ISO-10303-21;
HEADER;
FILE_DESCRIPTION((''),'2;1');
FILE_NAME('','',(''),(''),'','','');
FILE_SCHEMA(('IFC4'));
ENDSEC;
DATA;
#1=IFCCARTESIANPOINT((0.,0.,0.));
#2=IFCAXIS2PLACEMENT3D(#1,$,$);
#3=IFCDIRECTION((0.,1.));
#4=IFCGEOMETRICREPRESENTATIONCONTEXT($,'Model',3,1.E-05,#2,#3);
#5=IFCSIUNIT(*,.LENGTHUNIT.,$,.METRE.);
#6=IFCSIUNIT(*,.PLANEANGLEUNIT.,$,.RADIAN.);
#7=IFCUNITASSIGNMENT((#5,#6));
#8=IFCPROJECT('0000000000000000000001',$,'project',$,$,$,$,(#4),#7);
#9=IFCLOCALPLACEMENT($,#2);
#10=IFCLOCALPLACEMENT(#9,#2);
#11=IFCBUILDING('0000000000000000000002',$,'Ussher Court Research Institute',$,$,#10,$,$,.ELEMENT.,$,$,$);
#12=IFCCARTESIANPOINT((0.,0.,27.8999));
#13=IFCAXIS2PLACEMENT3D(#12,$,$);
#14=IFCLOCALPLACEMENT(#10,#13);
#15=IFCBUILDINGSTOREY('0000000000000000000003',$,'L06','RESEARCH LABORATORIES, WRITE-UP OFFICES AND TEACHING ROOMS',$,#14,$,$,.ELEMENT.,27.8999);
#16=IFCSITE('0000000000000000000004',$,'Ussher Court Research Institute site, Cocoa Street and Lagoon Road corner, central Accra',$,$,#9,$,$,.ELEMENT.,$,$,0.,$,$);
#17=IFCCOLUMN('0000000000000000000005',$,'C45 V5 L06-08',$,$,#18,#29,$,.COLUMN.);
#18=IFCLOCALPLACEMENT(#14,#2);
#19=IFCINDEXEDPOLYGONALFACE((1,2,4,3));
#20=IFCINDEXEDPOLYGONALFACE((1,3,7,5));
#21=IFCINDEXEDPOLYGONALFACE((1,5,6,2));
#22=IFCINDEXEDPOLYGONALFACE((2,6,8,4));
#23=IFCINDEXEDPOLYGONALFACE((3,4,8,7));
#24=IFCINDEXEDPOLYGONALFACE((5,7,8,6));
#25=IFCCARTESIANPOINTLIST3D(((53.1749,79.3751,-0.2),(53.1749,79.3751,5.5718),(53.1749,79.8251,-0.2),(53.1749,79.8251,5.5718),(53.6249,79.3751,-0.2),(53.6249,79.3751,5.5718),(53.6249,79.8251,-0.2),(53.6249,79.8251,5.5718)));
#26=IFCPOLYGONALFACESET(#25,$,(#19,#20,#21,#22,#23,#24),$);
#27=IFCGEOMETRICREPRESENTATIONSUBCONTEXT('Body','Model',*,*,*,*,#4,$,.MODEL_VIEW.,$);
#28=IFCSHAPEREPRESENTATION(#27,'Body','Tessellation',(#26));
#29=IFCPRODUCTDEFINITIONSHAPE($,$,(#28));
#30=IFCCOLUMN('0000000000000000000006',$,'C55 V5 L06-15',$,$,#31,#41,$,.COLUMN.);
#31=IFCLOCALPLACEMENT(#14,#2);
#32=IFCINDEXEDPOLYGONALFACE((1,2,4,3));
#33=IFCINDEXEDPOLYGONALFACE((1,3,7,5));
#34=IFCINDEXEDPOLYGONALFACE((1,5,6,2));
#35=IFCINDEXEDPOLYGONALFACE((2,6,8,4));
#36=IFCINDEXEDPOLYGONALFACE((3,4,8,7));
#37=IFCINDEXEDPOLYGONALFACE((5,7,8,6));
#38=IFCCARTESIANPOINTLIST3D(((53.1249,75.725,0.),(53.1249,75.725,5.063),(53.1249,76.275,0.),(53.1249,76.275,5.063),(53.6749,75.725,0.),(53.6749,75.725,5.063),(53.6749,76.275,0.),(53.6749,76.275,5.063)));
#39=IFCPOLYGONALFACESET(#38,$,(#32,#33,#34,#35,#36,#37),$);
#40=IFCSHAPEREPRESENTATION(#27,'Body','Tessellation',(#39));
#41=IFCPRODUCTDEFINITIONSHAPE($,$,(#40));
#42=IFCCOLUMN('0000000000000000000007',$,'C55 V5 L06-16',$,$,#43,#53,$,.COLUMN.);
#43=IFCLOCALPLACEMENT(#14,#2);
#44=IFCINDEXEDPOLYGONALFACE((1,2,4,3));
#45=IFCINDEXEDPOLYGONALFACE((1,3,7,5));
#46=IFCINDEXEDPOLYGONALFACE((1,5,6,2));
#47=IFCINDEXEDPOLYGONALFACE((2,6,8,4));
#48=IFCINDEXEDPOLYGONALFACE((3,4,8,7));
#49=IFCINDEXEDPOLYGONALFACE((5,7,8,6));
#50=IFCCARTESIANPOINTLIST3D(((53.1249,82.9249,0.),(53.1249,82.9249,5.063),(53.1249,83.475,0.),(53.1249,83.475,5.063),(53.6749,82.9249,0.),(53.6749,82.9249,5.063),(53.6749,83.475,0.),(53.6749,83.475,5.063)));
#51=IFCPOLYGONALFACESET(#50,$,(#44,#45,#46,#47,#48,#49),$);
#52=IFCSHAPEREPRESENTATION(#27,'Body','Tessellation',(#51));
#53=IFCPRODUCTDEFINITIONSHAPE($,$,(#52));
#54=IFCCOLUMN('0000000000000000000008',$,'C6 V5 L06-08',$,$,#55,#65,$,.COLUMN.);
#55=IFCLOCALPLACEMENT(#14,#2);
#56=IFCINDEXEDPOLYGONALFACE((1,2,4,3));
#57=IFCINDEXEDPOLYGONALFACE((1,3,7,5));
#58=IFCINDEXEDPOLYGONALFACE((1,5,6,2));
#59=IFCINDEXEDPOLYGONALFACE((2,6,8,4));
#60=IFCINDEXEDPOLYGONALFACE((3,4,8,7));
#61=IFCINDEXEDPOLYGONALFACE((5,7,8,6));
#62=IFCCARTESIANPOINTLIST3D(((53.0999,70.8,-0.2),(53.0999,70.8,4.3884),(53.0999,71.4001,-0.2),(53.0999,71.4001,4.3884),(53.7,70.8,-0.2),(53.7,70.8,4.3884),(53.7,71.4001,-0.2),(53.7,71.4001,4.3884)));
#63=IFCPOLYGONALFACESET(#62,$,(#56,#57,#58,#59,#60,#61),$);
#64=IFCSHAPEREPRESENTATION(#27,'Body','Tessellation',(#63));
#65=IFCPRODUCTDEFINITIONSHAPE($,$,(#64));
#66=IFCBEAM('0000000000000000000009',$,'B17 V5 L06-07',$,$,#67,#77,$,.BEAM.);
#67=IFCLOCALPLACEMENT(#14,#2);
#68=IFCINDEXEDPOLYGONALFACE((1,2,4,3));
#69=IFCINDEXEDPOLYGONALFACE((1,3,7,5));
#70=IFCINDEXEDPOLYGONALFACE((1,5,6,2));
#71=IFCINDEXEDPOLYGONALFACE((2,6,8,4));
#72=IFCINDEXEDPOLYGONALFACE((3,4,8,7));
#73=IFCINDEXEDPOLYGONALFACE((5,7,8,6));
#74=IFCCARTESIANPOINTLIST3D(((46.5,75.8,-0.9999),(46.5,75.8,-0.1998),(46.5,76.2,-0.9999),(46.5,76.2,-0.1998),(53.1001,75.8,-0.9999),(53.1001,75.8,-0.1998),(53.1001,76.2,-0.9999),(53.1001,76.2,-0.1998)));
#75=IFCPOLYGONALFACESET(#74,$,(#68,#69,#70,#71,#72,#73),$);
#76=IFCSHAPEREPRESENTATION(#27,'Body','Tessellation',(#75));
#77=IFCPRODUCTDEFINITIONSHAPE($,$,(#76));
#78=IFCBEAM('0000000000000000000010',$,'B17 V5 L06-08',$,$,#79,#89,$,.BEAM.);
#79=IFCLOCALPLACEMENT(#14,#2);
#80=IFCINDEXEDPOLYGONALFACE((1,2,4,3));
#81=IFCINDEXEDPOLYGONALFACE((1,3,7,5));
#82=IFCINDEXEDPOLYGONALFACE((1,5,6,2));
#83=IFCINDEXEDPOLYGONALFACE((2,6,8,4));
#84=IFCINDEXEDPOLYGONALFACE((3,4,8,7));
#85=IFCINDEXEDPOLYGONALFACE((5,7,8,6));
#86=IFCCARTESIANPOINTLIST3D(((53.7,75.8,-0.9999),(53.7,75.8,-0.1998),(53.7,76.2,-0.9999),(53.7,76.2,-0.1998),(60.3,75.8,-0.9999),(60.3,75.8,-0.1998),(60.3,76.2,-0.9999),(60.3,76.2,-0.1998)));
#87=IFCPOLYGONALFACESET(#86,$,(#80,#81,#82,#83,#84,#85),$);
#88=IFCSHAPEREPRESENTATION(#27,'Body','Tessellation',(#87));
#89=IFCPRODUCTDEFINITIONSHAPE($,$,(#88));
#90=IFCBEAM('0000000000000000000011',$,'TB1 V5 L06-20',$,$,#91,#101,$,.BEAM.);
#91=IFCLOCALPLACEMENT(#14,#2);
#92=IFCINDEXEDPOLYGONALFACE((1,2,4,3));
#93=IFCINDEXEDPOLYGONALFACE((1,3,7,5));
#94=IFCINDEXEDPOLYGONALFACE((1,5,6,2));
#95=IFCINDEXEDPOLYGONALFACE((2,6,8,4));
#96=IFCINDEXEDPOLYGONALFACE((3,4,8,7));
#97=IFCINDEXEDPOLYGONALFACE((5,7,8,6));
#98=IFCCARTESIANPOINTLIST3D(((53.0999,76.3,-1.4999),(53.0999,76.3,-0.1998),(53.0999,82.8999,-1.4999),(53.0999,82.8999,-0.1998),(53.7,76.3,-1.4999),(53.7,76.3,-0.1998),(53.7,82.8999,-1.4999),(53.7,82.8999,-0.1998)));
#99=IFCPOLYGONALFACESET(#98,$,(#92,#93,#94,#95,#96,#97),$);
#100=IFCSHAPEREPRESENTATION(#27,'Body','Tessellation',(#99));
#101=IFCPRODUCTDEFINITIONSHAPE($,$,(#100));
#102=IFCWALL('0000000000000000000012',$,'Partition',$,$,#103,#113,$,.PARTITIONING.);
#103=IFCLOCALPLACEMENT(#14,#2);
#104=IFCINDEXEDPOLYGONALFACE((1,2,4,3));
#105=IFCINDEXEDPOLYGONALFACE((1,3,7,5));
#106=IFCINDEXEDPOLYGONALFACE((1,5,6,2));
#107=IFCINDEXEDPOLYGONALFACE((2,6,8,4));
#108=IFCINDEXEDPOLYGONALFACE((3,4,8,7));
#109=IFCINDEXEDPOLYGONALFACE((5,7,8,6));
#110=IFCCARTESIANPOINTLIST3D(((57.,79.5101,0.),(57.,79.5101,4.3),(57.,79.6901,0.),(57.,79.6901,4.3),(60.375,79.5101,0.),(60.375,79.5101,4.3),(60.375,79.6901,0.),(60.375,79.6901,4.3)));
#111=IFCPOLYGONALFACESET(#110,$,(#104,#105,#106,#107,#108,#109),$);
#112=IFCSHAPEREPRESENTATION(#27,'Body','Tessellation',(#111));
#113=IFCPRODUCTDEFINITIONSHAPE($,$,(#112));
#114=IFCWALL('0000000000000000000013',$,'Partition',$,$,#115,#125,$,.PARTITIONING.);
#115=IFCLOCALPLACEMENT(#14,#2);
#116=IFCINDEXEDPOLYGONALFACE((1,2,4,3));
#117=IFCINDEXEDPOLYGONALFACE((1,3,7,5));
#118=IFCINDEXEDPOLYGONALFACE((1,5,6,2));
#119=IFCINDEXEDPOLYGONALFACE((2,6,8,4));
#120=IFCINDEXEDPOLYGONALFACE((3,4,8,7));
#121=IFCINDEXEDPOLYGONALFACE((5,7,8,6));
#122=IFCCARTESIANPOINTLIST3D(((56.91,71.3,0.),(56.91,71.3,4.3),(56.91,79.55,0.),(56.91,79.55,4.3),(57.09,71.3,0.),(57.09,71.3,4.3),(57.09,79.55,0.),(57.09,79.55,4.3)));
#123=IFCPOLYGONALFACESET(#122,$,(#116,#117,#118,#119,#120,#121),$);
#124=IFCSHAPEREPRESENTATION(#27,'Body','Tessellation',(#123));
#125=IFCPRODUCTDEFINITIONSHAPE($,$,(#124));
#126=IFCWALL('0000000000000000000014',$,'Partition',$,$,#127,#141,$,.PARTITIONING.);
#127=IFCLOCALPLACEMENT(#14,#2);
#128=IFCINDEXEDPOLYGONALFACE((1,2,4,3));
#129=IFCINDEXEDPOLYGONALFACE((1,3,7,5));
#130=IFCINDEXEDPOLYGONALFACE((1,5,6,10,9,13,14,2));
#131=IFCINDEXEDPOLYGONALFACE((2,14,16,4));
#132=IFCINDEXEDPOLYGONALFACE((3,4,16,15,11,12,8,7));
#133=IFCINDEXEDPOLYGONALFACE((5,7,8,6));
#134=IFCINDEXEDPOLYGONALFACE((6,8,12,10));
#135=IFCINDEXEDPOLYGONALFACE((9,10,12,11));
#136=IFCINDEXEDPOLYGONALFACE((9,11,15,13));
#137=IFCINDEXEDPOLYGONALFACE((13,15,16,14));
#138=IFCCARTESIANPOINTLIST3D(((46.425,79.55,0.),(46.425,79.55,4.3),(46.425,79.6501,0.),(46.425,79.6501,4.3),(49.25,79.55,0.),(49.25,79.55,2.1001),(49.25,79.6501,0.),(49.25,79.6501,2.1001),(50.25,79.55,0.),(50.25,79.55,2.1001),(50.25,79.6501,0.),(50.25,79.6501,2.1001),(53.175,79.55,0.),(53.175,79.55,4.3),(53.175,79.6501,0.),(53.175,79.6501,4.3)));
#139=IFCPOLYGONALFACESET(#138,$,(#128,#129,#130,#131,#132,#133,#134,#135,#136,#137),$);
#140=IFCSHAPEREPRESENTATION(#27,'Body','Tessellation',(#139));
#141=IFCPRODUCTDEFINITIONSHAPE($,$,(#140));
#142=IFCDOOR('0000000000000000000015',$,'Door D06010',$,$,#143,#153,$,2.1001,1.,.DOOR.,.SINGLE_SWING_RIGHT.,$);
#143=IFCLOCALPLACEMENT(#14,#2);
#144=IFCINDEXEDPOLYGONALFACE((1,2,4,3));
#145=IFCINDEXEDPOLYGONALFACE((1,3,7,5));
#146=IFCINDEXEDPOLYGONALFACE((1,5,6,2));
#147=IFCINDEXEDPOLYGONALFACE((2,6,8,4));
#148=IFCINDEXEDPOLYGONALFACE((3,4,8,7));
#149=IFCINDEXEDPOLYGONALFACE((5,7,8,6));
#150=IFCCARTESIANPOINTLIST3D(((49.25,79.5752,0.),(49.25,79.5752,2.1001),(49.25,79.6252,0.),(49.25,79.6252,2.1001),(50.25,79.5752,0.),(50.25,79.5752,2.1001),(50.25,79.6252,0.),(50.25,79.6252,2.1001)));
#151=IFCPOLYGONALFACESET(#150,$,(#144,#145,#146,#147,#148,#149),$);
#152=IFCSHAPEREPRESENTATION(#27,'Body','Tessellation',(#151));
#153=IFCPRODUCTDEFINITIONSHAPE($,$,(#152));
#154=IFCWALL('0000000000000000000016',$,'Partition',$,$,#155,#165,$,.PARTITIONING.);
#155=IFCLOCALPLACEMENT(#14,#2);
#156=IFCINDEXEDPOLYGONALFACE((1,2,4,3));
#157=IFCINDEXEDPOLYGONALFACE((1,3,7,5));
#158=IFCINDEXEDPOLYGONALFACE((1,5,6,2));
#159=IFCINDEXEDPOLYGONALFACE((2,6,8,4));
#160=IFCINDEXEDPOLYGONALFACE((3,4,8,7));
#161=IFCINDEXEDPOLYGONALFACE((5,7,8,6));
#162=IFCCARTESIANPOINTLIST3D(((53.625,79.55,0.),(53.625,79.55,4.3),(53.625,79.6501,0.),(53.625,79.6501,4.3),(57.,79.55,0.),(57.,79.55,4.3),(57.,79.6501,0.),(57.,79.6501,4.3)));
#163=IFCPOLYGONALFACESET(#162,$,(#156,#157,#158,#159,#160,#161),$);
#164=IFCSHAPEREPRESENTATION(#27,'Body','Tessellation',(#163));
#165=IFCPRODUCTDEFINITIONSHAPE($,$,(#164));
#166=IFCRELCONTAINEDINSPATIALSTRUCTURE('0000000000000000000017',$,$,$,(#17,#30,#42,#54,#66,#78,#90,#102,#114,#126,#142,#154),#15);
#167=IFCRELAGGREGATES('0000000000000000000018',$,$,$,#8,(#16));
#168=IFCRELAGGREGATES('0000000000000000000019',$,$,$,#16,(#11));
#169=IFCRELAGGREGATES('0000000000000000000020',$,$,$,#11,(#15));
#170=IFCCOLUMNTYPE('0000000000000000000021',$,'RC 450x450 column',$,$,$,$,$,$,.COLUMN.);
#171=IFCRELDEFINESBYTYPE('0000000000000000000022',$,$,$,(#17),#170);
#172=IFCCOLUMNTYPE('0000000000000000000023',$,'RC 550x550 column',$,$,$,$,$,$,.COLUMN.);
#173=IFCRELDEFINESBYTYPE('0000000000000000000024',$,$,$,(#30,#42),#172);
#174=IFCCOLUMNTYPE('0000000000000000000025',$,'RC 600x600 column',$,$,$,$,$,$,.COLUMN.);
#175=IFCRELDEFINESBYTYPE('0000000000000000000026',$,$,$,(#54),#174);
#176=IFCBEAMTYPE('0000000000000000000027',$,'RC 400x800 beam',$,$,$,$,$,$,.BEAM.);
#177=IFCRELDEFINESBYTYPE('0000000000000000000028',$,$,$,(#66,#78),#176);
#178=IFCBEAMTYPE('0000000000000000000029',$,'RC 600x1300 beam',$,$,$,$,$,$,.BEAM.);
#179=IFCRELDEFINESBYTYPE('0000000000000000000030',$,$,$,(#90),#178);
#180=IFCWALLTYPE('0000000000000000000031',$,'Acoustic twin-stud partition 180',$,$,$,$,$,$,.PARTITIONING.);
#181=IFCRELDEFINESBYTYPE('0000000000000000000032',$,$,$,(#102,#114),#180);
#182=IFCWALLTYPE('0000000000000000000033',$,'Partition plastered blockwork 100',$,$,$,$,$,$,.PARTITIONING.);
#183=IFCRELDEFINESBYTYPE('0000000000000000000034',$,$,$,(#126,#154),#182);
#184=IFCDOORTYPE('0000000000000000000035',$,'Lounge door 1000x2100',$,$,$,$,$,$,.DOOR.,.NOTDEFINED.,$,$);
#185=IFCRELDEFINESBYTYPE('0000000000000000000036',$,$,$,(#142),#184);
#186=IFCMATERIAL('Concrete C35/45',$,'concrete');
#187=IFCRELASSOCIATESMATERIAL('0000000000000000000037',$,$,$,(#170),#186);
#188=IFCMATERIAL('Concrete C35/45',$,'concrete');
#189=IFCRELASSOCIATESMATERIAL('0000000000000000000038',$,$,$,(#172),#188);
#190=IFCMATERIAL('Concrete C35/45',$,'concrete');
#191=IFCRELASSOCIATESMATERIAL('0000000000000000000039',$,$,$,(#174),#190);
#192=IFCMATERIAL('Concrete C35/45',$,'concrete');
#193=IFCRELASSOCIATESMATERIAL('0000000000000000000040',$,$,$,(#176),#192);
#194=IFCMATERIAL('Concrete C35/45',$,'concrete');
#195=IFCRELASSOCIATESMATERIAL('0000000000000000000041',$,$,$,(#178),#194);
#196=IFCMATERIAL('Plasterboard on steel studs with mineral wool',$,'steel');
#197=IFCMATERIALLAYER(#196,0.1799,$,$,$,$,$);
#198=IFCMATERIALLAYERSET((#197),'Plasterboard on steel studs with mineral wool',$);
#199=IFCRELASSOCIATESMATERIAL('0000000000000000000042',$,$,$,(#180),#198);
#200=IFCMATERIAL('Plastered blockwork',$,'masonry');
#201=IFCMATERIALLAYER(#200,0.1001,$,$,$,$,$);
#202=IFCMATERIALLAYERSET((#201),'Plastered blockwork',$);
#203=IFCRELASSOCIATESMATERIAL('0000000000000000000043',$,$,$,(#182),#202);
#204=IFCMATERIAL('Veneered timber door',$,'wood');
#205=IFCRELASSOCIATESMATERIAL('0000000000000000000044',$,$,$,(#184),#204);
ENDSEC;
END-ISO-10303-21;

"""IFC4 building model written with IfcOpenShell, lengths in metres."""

from ifc_helpers import new_model, si_unit, direction, frame, frame_2d, origin, origin_2d, place, context, subcontext, project, spatial, rectangle, extrude, material, layer, layer_set, material_profile, profile_set, type_object, element, fill, save


model = new_model("IFC4")

# Units and contexts
model_context = context("Model", 3, precision=1e-05, world=origin(), true_north=direction((0.0, 1.0)))
body_context = subcontext(model_context, "Body", "Model", "MODEL_VIEW")
ifc_project = project(units=[si_unit("LENGTHUNIT", "METRE"), si_unit("PLANEANGLEUNIT", "RADIAN")], contexts=[model_context])

# Site, building, storey
site_placement = place(None, origin())
site = spatial("IfcSite", under=ifc_project, at=site_placement, Name="Ussher Court Research Institute site, Cocoa Street and Lagoon Road corner, central Accra", CompositionType="ELEMENT", RefElevation=0.0)
building_placement = place(site_placement, origin())
building = spatial("IfcBuilding", under=site, at=building_placement, Name="Ussher Court Research Institute", CompositionType="ELEMENT")
storey_placement = place(building_placement, frame((0.0, 0.0, 27.8999)))
storey = spatial("IfcBuildingStorey", under=building, at=storey_placement, Name="L06", Description="RESEARCH LABORATORIES, WRITE-UP OFFICES AND TEACHING ROOMS", CompositionType="ELEMENT", Elevation=27.8999)

# Columns
ifc_material_1 = material(Name="Concrete C35/45", Category="concrete")
ifc_material_profile_1 = material_profile(ifc_material_1, rectangle(XDim=0.45, YDim=0.45, at=origin_2d()), Name="RC 450x450")
ifc_profile_set_1 = profile_set([ifc_material_profile_1], Name="Concrete C35/45")
column_type_1 = type_object("IfcColumnType", Name="RC 450x450 column", PredefinedType="COLUMN", material=ifc_profile_set_1)
column_1_placement = place(storey_placement, frame((53.3999, 79.6001, -0.2), z_axis=(0.0, 0.0, 1.0), x_axis=(1.0, 0.0, 0.0)))
element("IfcColumn", 1, at=column_1_placement, inside=storey, type_object=column_type_1, Name="C45 V5 L06-08", PredefinedType="COLUMN", context=body_context, shape_type="SweptSolid", body=[
    extrude(rectangle(XDim=0.45, YDim=0.45, at=origin_2d()), origin(), (0.0, 0.0, 1.0), 5.7717),
])
ifc_material_2 = material(Name="Concrete C35/45", Category="concrete")
ifc_material_profile_2 = material_profile(ifc_material_2, rectangle(XDim=0.55, YDim=0.55, at=origin_2d()), Name="RC 550x550")
ifc_profile_set_2 = profile_set([ifc_material_profile_2], Name="Concrete C35/45")
column_type_2 = type_object("IfcColumnType", Name="RC 550x550 column", PredefinedType="COLUMN", material=ifc_profile_set_2)
for number, where, z_axis, x_axis, name in (
    (2, (53.3999, 76.0, 0.0), (0.0, 0.0, 1.0), (1.0, 0.0, 0.0), "C55 V5 L06-15"),
    (3, (53.3999, 83.2, 0.0), (0.0, 0.0, 1.0), (1.0, 0.0, 0.0), "C55 V5 L06-16"),
):
    element("IfcColumn", number, at=place(storey_placement, frame(where, z_axis=z_axis, x_axis=x_axis)), inside=storey, type_object=column_type_2, Name=name, PredefinedType="COLUMN", context=body_context, shape_type="SweptSolid", body=[
        extrude(rectangle(XDim=0.55, YDim=0.55, at=origin_2d()), origin(), (0.0, 0.0, 1.0), 5.063),
    ])
ifc_material_3 = material(Name="Concrete C35/45", Category="concrete")
ifc_material_profile_3 = material_profile(ifc_material_3, rectangle(XDim=0.6001, YDim=0.6001, at=origin_2d()), Name="RC 600x600")
ifc_profile_set_3 = profile_set([ifc_material_profile_3], Name="Concrete C35/45")
column_type_3 = type_object("IfcColumnType", Name="RC 600x600 column", PredefinedType="COLUMN", material=ifc_profile_set_3)
column_2_placement = place(storey_placement, frame((53.3999, 71.1001, -0.2), z_axis=(0.0, 0.0, 1.0), x_axis=(1.0, 0.0, 0.0)))
element("IfcColumn", 4, at=column_2_placement, inside=storey, type_object=column_type_3, Name="C6 V5 L06-08", PredefinedType="COLUMN", context=body_context, shape_type="SweptSolid", body=[
    extrude(rectangle(XDim=0.6001, YDim=0.6001, at=origin_2d()), origin(), (0.0, 0.0, 1.0), 4.5884),
])

# Beams
ifc_material_4 = material(Name="Concrete C35/45", Category="concrete")
ifc_material_profile_4 = material_profile(ifc_material_4, rectangle(XDim=0.3999, YDim=0.8, at=origin_2d()), Name="RC 400x800")
ifc_profile_set_4 = profile_set([ifc_material_profile_4], Name="Concrete C35/45")
beam_type_1 = type_object("IfcBeamType", Name="RC 400x800 beam", PredefinedType="BEAM", material=ifc_profile_set_4)
for number, where, z_axis, x_axis, name in (
    (5, (46.5, 76.0, -0.5999), (1.0, 0.0, 0.0), (0.0, 1.0, 0.0), "B17 V5 L06-07"),
    (6, (53.7, 76.0, -0.5999), (1.0, 0.0, 0.0), (0.0, 1.0, 0.0), "B17 V5 L06-08"),
):
    element("IfcBeam", number, at=place(storey_placement, frame(where, z_axis=z_axis, x_axis=x_axis)), inside=storey, type_object=beam_type_1, Name=name, PredefinedType="BEAM", context=body_context, shape_type="SweptSolid", body=[
        extrude(rectangle(XDim=0.3999, YDim=0.8, at=origin_2d()), origin(), (0.0, 0.0, 1.0), 6.6001),
    ])
ifc_material_5 = material(Name="Concrete C35/45", Category="concrete")
ifc_material_profile_5 = material_profile(ifc_material_5, rectangle(XDim=0.6001, YDim=1.3, at=origin_2d()), Name="RC 600x1300")
ifc_profile_set_5 = profile_set([ifc_material_profile_5], Name="Concrete C35/45")
beam_type_2 = type_object("IfcBeamType", Name="RC 600x1300 beam", PredefinedType="BEAM", material=ifc_profile_set_5)
beam_placement = place(storey_placement, frame((53.3999, 76.3, -0.8499), z_axis=(0.0, 1.0, 0.0), x_axis=(-1.0, 0.0, 0.0)))
element("IfcBeam", 7, at=beam_placement, inside=storey, type_object=beam_type_2, Name="TB1 V5 L06-20", PredefinedType="BEAM", context=body_context, shape_type="SweptSolid", body=[
    extrude(rectangle(XDim=0.6001, YDim=1.3, at=origin_2d()), origin(), (0.0, 0.0, 1.0), 6.5999),
])

# Walls
ifc_material_6 = material(Name="Plasterboard on steel studs with mineral wool", Category="steel")
ifc_layer_1 = layer(ifc_material_6, 0.1799)
ifc_layer_set_1 = layer_set([ifc_layer_1], Name="Plasterboard on steel studs with mineral wool")
wall_type_1 = type_object("IfcWallType", Name="Acoustic twin-stud partition 180", PredefinedType="PARTITIONING", material=ifc_layer_set_1)
wall_1_placement = place(storey_placement, frame((57.0, 79.6001, 0.0), z_axis=(0.0, 0.0, 1.0), x_axis=(1.0, 0.0, 0.0)))
element("IfcWall", 8, at=wall_1_placement, inside=storey, type_object=wall_type_1, Name="Partition", PredefinedType="PARTITIONING", context=body_context, shape_type="SweptSolid", body=[
    extrude(rectangle(XDim=3.375, YDim=0.1799, at=frame_2d((1.6875, 0.0))), origin(), (0.0, 0.0, 1.0), 4.3),
])
wall_2_placement = place(storey_placement, frame((57.0, 71.3, 0.0), z_axis=(0.0, 0.0, 1.0), x_axis=(0.0, 1.0, 0.0)))
element("IfcWall", 9, at=wall_2_placement, inside=storey, type_object=wall_type_1, Name="Partition", PredefinedType="PARTITIONING", context=body_context, shape_type="SweptSolid", body=[
    extrude(rectangle(XDim=8.25, YDim=0.1799, at=frame_2d((4.125, 0.0))), origin(), (0.0, 0.0, 1.0), 4.3),
])

# Wall, opening, door
ifc_material_7 = material(Name="Plastered blockwork", Category="masonry")
ifc_layer_2 = layer(ifc_material_7, 0.1001)
ifc_layer_set_2 = layer_set([ifc_layer_2], Name="Plastered blockwork")
wall_type_2 = type_object("IfcWallType", Name="Partition plastered blockwork 100", PredefinedType="PARTITIONING", material=ifc_layer_set_2)
wall_3_placement = place(storey_placement, frame((53.175, 79.6001, 0.0), z_axis=(0.0, 0.0, 1.0), x_axis=(-1.0, 0.0, 0.0)))
wall_3 = element("IfcWall", 10, at=wall_3_placement, inside=storey, type_object=wall_type_2, Name="Partition", PredefinedType="PARTITIONING", context=body_context, shape_type="SweptSolid", body=[
    extrude(rectangle(XDim=6.75, YDim=0.1001, at=frame_2d((3.375, 0.0))), origin(), (0.0, 0.0, 1.0), 4.3),
])
opening_1_placement = place(wall_3_placement, frame((2.925, 0.0, 0.0)))
opening_1 = element("IfcOpeningElement", 11, at=opening_1_placement, cuts=wall_3, PredefinedType="OPENING", context=body_context, shape_type="SweptSolid", body=[
    extrude(rectangle(XDim=1.0, YDim=2.1001, at=frame_2d((0.5, 1.05))), frame((0.0, 0.0601, 0.0), z_axis=(0.0, -1.0, 0.0), x_axis=(1.0, 0.0, 0.0)), (0.0, 0.0, 1.0), 0.1201),
])
ifc_material_8 = material(Name="Veneered timber door", Category="wood")
door_type_1 = type_object("IfcDoorType", Name="Lounge door 1000x2100", OperationType="NOTDEFINED", PredefinedType="DOOR", material=ifc_material_8)
door_1_placement = place(opening_1_placement, origin())
door_1 = element("IfcDoor", 12, at=door_1_placement, inside=storey, type_object=door_type_1, Name="Door D06010", OperationType="SINGLE_SWING_RIGHT", OverallHeight=2.1001, OverallWidth=1.0, PredefinedType="DOOR", context=body_context, shape_type="SweptSolid", body=[
    extrude(rectangle(XDim=1.0, YDim=2.1001, at=frame_2d((0.5, 1.05))), frame((0.0, 0.0249, 0.0), z_axis=(0.0, -1.0, 0.0), x_axis=(1.0, 0.0, 0.0)), (0.0, 0.0, 1.0), 0.05),
])
fill(opening_1, door_1)

# Wall
wall_4_placement = place(storey_placement, frame((53.625, 79.6001, 0.0), z_axis=(0.0, 0.0, 1.0), x_axis=(1.0, 0.0, 0.0)))
element("IfcWall", 13, at=wall_4_placement, inside=storey, type_object=wall_type_2, Name="Partition", PredefinedType="PARTITIONING", context=body_context, shape_type="SweptSolid", body=[
    extrude(rectangle(XDim=3.375, YDim=0.1001, at=frame_2d((1.6875, 0.0))), origin(), (0.0, 0.0, 1.0), 4.3),
])

save(model, "model.ifc")
